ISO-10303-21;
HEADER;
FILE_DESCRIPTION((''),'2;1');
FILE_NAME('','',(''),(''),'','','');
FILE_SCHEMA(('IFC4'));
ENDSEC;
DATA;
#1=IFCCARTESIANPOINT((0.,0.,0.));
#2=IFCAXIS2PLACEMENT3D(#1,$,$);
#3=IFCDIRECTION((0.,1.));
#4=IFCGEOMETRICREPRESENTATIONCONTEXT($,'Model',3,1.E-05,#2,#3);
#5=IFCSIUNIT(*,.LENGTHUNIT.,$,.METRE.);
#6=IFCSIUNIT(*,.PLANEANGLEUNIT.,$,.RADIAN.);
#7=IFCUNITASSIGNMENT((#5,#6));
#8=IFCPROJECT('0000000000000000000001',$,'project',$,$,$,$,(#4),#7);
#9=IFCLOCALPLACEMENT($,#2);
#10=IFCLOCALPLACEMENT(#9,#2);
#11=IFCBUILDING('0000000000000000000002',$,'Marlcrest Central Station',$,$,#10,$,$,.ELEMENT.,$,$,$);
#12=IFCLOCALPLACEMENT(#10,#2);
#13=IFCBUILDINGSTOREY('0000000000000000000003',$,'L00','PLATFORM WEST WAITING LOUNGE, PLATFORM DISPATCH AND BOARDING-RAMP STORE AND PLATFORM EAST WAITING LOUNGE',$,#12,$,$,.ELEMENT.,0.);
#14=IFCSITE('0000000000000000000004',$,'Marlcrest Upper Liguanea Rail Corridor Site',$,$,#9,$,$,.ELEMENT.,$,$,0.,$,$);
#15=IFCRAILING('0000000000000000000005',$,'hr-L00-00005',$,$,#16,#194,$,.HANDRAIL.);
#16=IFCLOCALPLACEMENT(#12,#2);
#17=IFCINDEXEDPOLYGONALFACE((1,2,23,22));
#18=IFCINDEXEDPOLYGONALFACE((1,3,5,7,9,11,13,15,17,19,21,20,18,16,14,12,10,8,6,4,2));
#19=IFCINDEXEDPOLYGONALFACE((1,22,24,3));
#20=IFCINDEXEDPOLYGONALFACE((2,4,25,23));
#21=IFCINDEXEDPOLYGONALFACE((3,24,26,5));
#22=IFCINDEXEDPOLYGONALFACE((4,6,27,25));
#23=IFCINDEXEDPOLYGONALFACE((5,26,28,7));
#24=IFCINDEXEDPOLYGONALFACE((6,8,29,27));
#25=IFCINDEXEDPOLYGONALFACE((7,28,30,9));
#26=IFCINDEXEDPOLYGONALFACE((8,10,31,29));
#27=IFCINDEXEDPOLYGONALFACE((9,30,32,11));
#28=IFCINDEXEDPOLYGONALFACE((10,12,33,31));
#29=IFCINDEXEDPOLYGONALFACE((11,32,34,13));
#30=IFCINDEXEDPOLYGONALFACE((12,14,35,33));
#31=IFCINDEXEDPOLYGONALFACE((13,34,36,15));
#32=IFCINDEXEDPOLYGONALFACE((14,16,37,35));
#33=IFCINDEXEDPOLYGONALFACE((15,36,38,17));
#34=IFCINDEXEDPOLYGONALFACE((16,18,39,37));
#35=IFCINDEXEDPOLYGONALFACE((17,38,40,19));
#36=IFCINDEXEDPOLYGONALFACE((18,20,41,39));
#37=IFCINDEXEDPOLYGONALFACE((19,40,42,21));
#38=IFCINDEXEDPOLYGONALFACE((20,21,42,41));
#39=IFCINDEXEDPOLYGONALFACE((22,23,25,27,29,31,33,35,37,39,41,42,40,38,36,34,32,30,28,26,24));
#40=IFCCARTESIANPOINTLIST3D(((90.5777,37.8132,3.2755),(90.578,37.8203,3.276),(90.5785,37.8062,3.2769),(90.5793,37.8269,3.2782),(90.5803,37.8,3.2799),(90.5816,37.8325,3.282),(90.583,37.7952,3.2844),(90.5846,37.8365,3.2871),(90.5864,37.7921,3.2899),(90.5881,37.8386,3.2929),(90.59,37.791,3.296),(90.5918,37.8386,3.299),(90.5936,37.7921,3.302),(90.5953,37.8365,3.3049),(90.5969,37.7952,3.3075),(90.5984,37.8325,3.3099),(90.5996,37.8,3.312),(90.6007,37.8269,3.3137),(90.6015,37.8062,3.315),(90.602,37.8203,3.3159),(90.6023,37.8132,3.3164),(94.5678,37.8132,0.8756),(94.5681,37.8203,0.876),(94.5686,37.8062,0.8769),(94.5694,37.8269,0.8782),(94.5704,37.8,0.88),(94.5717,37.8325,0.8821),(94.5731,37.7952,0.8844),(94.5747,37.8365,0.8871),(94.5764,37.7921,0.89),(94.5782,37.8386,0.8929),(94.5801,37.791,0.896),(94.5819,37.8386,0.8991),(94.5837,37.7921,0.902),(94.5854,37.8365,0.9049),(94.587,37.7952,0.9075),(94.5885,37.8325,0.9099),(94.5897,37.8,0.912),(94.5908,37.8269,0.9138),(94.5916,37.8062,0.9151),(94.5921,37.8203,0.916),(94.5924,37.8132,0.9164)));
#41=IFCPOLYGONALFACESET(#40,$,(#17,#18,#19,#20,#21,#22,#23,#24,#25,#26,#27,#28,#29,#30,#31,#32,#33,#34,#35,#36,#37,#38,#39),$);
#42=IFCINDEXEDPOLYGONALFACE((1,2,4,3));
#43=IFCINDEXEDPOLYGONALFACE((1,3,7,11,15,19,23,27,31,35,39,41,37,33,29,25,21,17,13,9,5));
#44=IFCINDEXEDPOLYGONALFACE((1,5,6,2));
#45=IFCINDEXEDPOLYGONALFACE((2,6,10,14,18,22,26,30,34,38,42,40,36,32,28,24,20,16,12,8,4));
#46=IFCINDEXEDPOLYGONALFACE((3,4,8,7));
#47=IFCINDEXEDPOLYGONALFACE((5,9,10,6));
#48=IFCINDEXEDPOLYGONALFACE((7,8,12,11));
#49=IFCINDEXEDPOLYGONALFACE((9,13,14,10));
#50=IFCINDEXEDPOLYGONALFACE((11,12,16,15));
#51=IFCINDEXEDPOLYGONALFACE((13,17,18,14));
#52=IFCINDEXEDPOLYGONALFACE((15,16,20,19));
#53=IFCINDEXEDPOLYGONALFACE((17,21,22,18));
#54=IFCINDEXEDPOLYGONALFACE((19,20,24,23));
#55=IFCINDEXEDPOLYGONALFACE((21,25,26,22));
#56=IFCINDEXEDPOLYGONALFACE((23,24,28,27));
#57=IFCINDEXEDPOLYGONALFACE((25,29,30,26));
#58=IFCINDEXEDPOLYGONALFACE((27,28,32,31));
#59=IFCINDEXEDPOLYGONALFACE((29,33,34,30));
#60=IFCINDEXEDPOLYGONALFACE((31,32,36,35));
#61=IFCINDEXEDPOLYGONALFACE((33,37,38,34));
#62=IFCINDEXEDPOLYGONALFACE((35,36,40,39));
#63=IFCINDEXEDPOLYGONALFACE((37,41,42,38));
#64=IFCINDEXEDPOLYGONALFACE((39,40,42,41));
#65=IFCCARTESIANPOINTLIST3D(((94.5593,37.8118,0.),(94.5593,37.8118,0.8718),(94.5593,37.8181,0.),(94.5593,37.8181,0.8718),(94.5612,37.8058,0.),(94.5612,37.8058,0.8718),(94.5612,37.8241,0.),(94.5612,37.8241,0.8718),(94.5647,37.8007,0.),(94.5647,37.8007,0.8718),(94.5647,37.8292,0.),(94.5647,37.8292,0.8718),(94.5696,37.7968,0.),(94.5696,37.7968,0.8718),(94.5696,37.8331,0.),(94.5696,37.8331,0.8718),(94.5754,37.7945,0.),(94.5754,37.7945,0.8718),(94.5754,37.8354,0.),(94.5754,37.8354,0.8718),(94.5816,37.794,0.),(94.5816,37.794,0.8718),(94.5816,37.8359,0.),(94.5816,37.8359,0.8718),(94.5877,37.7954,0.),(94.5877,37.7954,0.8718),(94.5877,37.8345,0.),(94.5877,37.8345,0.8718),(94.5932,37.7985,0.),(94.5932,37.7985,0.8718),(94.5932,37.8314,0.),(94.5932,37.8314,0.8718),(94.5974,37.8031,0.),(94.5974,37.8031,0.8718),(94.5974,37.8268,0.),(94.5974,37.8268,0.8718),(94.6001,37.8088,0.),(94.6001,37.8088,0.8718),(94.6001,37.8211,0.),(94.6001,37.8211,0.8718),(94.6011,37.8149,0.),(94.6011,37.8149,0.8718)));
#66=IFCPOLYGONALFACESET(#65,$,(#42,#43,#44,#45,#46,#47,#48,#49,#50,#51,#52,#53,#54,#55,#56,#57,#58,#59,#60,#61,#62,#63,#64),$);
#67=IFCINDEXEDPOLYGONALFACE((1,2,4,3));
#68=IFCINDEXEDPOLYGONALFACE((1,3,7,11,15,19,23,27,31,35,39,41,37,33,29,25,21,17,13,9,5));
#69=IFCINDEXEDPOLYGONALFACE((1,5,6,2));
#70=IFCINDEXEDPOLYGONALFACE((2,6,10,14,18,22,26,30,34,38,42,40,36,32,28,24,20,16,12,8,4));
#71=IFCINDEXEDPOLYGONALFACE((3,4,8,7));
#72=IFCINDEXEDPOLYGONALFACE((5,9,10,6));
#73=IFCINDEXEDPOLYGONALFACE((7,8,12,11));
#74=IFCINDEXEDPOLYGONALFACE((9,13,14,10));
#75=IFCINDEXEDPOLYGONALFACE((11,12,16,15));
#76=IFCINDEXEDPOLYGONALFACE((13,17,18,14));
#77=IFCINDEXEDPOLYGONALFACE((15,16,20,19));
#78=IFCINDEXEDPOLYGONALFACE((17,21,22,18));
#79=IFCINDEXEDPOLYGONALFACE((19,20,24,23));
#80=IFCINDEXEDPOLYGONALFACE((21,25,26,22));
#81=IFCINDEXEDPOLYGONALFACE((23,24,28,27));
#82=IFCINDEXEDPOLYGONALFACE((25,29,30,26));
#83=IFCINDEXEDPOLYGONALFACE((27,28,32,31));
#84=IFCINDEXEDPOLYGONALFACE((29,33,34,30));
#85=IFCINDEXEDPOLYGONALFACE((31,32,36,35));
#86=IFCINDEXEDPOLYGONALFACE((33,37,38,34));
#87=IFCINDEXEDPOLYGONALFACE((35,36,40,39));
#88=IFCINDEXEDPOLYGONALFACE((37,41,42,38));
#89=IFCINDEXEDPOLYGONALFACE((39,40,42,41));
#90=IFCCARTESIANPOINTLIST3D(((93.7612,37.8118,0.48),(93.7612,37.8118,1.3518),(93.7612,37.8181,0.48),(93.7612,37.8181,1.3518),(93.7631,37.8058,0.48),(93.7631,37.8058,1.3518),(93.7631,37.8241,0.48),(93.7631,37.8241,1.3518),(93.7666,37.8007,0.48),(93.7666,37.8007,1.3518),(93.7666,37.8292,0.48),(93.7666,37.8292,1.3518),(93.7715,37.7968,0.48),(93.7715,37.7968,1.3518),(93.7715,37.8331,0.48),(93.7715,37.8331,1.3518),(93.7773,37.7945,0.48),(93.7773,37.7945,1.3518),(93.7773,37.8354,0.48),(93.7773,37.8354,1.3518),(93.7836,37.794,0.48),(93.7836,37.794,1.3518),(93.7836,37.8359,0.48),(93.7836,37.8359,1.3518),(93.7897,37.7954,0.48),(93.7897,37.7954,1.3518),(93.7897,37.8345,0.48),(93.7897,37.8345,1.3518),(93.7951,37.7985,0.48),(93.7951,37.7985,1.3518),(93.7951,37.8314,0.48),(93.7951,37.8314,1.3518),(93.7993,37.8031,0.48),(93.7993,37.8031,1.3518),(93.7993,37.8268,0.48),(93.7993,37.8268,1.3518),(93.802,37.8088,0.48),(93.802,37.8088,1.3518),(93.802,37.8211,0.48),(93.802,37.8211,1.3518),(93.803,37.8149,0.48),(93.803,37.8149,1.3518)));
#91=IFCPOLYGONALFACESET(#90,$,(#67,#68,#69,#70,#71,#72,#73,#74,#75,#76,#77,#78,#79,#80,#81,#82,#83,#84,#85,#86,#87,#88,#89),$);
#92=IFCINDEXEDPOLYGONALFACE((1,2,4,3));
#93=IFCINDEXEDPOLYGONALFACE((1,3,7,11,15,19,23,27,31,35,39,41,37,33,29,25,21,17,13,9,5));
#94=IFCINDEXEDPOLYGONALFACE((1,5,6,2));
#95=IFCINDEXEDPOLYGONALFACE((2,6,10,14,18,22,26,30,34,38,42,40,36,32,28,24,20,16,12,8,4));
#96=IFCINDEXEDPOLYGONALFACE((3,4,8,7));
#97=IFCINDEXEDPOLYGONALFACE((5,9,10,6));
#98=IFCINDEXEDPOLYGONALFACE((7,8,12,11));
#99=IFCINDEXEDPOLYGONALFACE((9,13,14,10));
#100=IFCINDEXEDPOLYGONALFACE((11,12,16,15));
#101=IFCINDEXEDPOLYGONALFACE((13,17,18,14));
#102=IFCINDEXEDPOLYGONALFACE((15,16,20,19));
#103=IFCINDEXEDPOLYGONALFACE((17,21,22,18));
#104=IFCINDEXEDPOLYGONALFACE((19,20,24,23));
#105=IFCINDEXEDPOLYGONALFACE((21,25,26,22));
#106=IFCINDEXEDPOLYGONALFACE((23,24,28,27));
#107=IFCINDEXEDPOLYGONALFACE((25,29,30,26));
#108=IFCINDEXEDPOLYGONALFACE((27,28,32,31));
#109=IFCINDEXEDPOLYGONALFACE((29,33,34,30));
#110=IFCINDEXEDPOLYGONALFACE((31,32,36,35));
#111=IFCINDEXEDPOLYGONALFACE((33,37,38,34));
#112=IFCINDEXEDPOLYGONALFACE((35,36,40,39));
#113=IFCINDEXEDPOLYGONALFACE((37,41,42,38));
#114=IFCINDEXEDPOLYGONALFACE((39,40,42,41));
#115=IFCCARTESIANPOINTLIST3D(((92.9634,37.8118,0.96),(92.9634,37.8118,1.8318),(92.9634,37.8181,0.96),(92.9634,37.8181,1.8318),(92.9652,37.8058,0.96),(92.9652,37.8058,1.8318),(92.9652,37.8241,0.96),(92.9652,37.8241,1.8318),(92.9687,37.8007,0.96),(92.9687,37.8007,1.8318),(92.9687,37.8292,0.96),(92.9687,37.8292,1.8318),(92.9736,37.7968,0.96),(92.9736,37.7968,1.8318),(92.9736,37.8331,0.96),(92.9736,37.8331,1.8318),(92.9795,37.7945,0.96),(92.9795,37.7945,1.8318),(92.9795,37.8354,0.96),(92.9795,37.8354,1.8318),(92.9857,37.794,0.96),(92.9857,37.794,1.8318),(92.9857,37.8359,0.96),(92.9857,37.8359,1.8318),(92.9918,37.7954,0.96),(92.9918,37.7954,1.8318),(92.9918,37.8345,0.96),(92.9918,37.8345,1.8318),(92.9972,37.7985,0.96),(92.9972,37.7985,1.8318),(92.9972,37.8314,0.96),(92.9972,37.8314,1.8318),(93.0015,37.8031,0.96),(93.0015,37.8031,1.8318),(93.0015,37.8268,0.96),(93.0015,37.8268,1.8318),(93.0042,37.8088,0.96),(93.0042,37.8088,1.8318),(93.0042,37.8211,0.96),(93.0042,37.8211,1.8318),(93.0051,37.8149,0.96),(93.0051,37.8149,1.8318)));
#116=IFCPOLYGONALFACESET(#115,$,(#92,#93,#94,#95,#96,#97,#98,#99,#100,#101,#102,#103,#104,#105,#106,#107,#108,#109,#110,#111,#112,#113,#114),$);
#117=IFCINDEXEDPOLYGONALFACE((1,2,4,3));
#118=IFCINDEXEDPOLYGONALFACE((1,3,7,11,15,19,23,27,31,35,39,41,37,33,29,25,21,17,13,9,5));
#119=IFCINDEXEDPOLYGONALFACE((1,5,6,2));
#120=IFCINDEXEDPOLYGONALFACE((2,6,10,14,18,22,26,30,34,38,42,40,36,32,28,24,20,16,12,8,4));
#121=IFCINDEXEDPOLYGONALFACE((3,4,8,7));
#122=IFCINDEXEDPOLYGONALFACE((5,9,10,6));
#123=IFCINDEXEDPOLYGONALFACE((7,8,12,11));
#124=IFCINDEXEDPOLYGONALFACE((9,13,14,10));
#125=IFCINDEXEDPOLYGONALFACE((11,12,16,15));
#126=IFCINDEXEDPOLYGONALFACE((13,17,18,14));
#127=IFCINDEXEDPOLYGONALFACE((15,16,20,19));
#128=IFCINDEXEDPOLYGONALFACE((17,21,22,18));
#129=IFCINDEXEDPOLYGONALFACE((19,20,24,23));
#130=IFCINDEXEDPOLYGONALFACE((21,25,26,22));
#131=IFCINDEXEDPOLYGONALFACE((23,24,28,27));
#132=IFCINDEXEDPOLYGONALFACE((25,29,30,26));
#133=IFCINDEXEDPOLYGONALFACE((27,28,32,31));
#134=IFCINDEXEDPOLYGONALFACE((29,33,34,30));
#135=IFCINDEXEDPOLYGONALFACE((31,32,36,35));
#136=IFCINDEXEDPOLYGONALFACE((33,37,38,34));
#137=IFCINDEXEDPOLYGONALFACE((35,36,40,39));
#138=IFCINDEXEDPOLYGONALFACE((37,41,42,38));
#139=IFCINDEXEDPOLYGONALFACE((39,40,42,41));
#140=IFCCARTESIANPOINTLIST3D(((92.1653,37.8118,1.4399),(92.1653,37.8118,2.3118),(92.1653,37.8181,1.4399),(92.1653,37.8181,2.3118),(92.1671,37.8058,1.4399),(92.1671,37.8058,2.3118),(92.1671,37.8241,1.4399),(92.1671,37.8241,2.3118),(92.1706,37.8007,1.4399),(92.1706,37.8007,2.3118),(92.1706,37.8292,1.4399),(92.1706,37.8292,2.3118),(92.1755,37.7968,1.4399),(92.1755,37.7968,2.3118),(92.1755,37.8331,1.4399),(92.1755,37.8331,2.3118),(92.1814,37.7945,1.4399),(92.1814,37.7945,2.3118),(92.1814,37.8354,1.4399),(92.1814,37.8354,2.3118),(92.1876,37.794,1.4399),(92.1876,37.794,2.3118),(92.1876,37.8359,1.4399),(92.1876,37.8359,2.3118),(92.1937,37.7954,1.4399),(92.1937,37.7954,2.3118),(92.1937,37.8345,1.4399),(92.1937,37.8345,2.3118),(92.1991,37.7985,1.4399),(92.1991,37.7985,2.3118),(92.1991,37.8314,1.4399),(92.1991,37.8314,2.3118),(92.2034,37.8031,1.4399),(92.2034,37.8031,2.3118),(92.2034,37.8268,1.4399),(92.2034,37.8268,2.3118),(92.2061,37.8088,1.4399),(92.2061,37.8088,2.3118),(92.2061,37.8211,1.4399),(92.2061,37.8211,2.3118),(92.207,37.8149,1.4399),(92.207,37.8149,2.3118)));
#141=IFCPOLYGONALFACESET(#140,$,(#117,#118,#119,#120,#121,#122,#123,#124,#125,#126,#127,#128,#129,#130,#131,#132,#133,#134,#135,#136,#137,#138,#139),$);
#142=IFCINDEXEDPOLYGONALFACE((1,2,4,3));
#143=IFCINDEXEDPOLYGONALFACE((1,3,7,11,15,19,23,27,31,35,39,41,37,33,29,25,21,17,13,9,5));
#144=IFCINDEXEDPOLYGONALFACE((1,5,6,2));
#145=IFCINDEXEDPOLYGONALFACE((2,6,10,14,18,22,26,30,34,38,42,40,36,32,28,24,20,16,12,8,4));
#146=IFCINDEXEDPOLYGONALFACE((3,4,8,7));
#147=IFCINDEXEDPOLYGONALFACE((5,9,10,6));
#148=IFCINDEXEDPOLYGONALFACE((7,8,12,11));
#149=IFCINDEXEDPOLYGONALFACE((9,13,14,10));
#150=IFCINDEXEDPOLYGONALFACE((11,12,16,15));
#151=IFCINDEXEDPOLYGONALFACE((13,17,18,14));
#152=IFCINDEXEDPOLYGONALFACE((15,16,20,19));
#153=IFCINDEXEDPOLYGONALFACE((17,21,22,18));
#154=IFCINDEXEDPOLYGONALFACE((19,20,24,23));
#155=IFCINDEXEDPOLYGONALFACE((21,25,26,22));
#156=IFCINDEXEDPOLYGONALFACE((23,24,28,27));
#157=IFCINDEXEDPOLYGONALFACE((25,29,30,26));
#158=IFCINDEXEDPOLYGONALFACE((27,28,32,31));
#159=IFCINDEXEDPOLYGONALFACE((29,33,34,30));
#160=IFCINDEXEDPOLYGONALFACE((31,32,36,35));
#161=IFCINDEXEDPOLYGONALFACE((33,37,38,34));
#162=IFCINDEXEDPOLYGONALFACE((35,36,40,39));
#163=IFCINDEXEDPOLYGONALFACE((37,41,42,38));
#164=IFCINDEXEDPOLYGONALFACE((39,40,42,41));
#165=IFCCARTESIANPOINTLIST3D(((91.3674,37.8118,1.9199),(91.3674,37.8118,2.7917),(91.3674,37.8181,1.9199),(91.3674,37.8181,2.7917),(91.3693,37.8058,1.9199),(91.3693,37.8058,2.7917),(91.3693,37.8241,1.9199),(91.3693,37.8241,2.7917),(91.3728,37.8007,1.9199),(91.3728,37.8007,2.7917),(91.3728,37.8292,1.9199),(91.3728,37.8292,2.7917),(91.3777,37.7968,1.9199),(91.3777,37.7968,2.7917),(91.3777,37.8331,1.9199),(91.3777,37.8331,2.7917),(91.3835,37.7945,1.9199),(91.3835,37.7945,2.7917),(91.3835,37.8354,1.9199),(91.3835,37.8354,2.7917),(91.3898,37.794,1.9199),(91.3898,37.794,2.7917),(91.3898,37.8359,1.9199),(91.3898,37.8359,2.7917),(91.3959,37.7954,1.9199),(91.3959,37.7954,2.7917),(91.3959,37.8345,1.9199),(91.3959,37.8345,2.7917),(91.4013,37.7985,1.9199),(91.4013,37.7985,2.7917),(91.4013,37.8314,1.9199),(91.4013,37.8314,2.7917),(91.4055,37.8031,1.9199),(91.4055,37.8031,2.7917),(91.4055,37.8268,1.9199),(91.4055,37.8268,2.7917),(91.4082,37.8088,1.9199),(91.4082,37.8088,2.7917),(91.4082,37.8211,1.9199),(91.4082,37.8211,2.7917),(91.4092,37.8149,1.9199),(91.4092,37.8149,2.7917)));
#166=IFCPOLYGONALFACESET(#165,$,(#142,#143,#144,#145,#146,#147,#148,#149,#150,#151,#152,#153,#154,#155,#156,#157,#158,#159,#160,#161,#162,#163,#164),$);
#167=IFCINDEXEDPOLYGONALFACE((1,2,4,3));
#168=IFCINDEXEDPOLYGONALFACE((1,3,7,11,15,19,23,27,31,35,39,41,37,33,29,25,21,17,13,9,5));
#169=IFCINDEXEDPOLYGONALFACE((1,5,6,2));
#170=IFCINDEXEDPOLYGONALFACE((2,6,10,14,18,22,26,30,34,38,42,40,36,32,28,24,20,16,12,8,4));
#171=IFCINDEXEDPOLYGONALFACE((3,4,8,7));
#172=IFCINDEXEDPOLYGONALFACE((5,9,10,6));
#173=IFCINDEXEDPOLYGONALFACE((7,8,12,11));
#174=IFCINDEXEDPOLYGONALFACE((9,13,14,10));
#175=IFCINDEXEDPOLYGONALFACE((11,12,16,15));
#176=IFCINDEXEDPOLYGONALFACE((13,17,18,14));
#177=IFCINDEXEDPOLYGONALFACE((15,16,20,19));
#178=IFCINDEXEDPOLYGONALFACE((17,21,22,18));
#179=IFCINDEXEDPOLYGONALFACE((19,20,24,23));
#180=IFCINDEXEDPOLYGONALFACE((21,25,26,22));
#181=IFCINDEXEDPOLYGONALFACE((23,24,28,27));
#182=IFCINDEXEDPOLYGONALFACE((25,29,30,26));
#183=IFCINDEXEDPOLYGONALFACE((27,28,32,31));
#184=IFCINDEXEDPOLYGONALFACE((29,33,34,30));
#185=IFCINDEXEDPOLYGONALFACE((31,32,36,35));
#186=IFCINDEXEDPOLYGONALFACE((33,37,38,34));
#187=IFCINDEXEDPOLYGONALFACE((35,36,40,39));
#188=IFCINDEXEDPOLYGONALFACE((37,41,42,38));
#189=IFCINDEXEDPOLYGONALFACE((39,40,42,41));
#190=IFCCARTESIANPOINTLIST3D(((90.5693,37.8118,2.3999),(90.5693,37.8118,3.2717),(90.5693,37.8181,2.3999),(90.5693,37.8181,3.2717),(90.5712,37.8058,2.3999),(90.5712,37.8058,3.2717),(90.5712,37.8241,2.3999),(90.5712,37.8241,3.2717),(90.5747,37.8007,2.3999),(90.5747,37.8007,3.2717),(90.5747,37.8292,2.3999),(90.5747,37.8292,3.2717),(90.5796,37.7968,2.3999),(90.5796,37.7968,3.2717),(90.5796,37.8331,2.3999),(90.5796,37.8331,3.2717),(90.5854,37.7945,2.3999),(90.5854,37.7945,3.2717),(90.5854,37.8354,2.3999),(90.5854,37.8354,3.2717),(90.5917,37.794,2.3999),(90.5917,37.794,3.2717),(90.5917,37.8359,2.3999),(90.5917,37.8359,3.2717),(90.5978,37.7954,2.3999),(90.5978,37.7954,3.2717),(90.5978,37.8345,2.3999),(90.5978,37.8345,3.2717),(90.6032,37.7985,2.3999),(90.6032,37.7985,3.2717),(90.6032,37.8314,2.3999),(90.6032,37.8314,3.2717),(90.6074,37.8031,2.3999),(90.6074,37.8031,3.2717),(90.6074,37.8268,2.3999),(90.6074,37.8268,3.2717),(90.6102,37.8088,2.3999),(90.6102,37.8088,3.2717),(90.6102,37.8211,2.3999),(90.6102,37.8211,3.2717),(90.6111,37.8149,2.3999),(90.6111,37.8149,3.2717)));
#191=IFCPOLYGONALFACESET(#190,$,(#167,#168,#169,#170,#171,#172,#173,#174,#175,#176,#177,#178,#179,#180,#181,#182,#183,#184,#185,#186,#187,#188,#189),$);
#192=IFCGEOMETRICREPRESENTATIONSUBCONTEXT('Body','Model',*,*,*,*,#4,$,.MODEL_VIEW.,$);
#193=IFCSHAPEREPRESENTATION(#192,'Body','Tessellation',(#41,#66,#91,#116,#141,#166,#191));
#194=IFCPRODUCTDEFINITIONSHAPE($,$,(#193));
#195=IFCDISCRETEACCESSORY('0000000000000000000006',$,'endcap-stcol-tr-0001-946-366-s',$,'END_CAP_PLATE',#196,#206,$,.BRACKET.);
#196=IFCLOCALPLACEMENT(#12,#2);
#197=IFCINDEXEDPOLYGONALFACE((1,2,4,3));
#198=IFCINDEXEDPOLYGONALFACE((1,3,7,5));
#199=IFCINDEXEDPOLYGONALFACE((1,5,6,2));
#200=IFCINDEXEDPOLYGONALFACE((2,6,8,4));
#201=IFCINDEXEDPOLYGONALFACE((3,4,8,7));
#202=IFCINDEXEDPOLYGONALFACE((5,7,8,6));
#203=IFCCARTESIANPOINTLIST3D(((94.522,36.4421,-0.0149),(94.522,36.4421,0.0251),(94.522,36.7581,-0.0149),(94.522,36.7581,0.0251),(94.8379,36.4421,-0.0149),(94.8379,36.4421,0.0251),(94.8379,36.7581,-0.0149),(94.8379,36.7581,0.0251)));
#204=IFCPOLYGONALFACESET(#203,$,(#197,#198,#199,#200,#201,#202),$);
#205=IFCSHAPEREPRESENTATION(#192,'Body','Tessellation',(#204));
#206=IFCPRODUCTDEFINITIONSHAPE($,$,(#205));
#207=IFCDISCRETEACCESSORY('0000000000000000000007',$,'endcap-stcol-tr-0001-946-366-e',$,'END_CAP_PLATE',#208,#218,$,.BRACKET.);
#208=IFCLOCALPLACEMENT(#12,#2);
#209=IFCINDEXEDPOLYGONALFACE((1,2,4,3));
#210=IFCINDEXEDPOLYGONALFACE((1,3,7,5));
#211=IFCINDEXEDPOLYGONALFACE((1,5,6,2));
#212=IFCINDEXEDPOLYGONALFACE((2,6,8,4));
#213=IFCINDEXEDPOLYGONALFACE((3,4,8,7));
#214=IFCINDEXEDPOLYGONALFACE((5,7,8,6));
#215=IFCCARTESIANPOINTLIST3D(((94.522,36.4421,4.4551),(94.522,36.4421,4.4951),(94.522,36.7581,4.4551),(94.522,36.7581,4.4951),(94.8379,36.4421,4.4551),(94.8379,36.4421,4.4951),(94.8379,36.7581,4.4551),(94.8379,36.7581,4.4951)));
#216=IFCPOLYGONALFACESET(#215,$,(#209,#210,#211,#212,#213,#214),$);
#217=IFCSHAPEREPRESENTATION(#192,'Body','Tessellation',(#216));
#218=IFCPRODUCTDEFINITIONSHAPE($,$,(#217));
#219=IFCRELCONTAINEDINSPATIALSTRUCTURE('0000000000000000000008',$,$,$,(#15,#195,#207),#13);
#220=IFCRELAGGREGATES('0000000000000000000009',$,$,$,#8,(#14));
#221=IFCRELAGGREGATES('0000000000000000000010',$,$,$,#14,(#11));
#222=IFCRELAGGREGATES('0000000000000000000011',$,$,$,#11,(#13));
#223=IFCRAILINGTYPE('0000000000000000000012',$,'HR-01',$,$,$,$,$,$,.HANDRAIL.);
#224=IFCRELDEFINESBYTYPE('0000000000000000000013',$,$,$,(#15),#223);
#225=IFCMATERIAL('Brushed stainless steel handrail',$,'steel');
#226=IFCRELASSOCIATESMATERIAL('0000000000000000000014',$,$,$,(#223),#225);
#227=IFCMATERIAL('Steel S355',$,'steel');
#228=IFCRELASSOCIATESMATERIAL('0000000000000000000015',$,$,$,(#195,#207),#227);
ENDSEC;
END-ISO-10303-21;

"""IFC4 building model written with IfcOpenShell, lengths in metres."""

from ifc_helpers import new_model, si_unit, direction, frame, origin, origin_2d, place, context, subcontext, project, spatial, rectangle, circle, extrude, material, type_object, element, save


model = new_model("IFC4")

# Units and contexts
model_context = context("Model", 3, precision=1e-05, world=origin(), true_north=direction((0.0, 1.0)))
body_context = subcontext(model_context, "Body", "Model", "MODEL_VIEW")
ifc_project = project(units=[si_unit("LENGTHUNIT", "METRE"), si_unit("PLANEANGLEUNIT", "RADIAN")], contexts=[model_context])

# Site, building, storey
site_placement = place(None, origin())
site = spatial("IfcSite", under=ifc_project, at=site_placement, Name="Marlcrest Upper Liguanea Rail Corridor Site", CompositionType="ELEMENT", RefElevation=0.0)
building_placement = place(site_placement, origin())
building = spatial("IfcBuilding", under=site, at=building_placement, Name="Marlcrest Central Station", CompositionType="ELEMENT")
storey_placement = place(building_placement, origin())
storey = spatial("IfcBuildingStorey", under=building, at=storey_placement, Name="L00", Description="PLATFORM WEST WAITING LOUNGE, PLATFORM DISPATCH AND BOARDING-RAMP STORE AND PLATFORM EAST WAITING LOUNGE", CompositionType="ELEMENT", Elevation=0.0)

# Shared definitions
ifc_material_1 = material(Name="Steel S355", Category="steel")

# Railing
ifc_material_2 = material(Name="Brushed stainless steel handrail", Category="steel")
railing_type = type_object("IfcRailingType", Name="HR-01", PredefinedType="HANDRAIL", material=ifc_material_2)
railing_1_placement = place(storey_placement, frame((94.5801, 37.8149, 0.0)))
element("IfcRailing", 1, at=railing_1_placement, inside=storey, type_object=railing_type, Name="hr-L00-00005", PredefinedType="HANDRAIL", context=body_context, shape_type="SweptSolid", body=[
    extrude(circle(Radius=0.0239, at=origin_2d()), frame((0.0, 0.0, 0.896), z_axis=(-0.856933, 0.0, 0.515428), x_axis=(0.0, -1.0, 0.0)), (0.0, 0.0, 1.0), 4.6562),
    extrude(circle(Radius=0.021, at=origin_2d()), origin(), (0.0, 0.0, 1.0), 0.8718),
    extrude(circle(Radius=0.021, at=origin_2d()), frame((-0.7981, 0.0, 0.48)), (0.0, 0.0, 1.0), 0.8718),
    extrude(circle(Radius=0.021, at=origin_2d()), frame((-1.5959, 0.0, 0.96)), (0.0, 0.0, 1.0), 0.8718),
    extrude(circle(Radius=0.021, at=origin_2d()), frame((-2.394, 0.0, 1.4399)), (0.0, 0.0, 1.0), 0.8718),
    extrude(circle(Radius=0.021, at=origin_2d()), frame((-3.1919, 0.0, 1.9199)), (0.0, 0.0, 1.0), 0.8718),
    extrude(circle(Radius=0.021, at=origin_2d()), frame((-3.99, 0.0, 2.3999)), (0.0, 0.0, 1.0), 0.8718),
])

# Discrete accessories
for number, where, z_axis, x_axis, name in (
    (2, (94.6799, 36.6001, -0.0149), (0.0, 0.0, 1.0), (1.0, 0.0, 0.0), "endcap-stcol-tr-0001-946-366-s"),
    (3, (94.6799, 36.6001, 4.4551), (0.0, 0.0, 1.0), (1.0, 0.0, 0.0), "endcap-stcol-tr-0001-946-366-e"),
):
    element("IfcDiscreteAccessory", number, at=place(storey_placement, frame(where, z_axis=z_axis, x_axis=x_axis)), inside=storey, material=ifc_material_1, Name=name, ObjectType="END_CAP_PLATE", PredefinedType="BRACKET", context=body_context, shape_type="SweptSolid", body=[
        extrude(rectangle(XDim=0.3159, YDim=0.3159, at=origin_2d()), origin(), (0.0, 0.0, 1.0), 0.04),
    ])

save(model, "model.ifc")
